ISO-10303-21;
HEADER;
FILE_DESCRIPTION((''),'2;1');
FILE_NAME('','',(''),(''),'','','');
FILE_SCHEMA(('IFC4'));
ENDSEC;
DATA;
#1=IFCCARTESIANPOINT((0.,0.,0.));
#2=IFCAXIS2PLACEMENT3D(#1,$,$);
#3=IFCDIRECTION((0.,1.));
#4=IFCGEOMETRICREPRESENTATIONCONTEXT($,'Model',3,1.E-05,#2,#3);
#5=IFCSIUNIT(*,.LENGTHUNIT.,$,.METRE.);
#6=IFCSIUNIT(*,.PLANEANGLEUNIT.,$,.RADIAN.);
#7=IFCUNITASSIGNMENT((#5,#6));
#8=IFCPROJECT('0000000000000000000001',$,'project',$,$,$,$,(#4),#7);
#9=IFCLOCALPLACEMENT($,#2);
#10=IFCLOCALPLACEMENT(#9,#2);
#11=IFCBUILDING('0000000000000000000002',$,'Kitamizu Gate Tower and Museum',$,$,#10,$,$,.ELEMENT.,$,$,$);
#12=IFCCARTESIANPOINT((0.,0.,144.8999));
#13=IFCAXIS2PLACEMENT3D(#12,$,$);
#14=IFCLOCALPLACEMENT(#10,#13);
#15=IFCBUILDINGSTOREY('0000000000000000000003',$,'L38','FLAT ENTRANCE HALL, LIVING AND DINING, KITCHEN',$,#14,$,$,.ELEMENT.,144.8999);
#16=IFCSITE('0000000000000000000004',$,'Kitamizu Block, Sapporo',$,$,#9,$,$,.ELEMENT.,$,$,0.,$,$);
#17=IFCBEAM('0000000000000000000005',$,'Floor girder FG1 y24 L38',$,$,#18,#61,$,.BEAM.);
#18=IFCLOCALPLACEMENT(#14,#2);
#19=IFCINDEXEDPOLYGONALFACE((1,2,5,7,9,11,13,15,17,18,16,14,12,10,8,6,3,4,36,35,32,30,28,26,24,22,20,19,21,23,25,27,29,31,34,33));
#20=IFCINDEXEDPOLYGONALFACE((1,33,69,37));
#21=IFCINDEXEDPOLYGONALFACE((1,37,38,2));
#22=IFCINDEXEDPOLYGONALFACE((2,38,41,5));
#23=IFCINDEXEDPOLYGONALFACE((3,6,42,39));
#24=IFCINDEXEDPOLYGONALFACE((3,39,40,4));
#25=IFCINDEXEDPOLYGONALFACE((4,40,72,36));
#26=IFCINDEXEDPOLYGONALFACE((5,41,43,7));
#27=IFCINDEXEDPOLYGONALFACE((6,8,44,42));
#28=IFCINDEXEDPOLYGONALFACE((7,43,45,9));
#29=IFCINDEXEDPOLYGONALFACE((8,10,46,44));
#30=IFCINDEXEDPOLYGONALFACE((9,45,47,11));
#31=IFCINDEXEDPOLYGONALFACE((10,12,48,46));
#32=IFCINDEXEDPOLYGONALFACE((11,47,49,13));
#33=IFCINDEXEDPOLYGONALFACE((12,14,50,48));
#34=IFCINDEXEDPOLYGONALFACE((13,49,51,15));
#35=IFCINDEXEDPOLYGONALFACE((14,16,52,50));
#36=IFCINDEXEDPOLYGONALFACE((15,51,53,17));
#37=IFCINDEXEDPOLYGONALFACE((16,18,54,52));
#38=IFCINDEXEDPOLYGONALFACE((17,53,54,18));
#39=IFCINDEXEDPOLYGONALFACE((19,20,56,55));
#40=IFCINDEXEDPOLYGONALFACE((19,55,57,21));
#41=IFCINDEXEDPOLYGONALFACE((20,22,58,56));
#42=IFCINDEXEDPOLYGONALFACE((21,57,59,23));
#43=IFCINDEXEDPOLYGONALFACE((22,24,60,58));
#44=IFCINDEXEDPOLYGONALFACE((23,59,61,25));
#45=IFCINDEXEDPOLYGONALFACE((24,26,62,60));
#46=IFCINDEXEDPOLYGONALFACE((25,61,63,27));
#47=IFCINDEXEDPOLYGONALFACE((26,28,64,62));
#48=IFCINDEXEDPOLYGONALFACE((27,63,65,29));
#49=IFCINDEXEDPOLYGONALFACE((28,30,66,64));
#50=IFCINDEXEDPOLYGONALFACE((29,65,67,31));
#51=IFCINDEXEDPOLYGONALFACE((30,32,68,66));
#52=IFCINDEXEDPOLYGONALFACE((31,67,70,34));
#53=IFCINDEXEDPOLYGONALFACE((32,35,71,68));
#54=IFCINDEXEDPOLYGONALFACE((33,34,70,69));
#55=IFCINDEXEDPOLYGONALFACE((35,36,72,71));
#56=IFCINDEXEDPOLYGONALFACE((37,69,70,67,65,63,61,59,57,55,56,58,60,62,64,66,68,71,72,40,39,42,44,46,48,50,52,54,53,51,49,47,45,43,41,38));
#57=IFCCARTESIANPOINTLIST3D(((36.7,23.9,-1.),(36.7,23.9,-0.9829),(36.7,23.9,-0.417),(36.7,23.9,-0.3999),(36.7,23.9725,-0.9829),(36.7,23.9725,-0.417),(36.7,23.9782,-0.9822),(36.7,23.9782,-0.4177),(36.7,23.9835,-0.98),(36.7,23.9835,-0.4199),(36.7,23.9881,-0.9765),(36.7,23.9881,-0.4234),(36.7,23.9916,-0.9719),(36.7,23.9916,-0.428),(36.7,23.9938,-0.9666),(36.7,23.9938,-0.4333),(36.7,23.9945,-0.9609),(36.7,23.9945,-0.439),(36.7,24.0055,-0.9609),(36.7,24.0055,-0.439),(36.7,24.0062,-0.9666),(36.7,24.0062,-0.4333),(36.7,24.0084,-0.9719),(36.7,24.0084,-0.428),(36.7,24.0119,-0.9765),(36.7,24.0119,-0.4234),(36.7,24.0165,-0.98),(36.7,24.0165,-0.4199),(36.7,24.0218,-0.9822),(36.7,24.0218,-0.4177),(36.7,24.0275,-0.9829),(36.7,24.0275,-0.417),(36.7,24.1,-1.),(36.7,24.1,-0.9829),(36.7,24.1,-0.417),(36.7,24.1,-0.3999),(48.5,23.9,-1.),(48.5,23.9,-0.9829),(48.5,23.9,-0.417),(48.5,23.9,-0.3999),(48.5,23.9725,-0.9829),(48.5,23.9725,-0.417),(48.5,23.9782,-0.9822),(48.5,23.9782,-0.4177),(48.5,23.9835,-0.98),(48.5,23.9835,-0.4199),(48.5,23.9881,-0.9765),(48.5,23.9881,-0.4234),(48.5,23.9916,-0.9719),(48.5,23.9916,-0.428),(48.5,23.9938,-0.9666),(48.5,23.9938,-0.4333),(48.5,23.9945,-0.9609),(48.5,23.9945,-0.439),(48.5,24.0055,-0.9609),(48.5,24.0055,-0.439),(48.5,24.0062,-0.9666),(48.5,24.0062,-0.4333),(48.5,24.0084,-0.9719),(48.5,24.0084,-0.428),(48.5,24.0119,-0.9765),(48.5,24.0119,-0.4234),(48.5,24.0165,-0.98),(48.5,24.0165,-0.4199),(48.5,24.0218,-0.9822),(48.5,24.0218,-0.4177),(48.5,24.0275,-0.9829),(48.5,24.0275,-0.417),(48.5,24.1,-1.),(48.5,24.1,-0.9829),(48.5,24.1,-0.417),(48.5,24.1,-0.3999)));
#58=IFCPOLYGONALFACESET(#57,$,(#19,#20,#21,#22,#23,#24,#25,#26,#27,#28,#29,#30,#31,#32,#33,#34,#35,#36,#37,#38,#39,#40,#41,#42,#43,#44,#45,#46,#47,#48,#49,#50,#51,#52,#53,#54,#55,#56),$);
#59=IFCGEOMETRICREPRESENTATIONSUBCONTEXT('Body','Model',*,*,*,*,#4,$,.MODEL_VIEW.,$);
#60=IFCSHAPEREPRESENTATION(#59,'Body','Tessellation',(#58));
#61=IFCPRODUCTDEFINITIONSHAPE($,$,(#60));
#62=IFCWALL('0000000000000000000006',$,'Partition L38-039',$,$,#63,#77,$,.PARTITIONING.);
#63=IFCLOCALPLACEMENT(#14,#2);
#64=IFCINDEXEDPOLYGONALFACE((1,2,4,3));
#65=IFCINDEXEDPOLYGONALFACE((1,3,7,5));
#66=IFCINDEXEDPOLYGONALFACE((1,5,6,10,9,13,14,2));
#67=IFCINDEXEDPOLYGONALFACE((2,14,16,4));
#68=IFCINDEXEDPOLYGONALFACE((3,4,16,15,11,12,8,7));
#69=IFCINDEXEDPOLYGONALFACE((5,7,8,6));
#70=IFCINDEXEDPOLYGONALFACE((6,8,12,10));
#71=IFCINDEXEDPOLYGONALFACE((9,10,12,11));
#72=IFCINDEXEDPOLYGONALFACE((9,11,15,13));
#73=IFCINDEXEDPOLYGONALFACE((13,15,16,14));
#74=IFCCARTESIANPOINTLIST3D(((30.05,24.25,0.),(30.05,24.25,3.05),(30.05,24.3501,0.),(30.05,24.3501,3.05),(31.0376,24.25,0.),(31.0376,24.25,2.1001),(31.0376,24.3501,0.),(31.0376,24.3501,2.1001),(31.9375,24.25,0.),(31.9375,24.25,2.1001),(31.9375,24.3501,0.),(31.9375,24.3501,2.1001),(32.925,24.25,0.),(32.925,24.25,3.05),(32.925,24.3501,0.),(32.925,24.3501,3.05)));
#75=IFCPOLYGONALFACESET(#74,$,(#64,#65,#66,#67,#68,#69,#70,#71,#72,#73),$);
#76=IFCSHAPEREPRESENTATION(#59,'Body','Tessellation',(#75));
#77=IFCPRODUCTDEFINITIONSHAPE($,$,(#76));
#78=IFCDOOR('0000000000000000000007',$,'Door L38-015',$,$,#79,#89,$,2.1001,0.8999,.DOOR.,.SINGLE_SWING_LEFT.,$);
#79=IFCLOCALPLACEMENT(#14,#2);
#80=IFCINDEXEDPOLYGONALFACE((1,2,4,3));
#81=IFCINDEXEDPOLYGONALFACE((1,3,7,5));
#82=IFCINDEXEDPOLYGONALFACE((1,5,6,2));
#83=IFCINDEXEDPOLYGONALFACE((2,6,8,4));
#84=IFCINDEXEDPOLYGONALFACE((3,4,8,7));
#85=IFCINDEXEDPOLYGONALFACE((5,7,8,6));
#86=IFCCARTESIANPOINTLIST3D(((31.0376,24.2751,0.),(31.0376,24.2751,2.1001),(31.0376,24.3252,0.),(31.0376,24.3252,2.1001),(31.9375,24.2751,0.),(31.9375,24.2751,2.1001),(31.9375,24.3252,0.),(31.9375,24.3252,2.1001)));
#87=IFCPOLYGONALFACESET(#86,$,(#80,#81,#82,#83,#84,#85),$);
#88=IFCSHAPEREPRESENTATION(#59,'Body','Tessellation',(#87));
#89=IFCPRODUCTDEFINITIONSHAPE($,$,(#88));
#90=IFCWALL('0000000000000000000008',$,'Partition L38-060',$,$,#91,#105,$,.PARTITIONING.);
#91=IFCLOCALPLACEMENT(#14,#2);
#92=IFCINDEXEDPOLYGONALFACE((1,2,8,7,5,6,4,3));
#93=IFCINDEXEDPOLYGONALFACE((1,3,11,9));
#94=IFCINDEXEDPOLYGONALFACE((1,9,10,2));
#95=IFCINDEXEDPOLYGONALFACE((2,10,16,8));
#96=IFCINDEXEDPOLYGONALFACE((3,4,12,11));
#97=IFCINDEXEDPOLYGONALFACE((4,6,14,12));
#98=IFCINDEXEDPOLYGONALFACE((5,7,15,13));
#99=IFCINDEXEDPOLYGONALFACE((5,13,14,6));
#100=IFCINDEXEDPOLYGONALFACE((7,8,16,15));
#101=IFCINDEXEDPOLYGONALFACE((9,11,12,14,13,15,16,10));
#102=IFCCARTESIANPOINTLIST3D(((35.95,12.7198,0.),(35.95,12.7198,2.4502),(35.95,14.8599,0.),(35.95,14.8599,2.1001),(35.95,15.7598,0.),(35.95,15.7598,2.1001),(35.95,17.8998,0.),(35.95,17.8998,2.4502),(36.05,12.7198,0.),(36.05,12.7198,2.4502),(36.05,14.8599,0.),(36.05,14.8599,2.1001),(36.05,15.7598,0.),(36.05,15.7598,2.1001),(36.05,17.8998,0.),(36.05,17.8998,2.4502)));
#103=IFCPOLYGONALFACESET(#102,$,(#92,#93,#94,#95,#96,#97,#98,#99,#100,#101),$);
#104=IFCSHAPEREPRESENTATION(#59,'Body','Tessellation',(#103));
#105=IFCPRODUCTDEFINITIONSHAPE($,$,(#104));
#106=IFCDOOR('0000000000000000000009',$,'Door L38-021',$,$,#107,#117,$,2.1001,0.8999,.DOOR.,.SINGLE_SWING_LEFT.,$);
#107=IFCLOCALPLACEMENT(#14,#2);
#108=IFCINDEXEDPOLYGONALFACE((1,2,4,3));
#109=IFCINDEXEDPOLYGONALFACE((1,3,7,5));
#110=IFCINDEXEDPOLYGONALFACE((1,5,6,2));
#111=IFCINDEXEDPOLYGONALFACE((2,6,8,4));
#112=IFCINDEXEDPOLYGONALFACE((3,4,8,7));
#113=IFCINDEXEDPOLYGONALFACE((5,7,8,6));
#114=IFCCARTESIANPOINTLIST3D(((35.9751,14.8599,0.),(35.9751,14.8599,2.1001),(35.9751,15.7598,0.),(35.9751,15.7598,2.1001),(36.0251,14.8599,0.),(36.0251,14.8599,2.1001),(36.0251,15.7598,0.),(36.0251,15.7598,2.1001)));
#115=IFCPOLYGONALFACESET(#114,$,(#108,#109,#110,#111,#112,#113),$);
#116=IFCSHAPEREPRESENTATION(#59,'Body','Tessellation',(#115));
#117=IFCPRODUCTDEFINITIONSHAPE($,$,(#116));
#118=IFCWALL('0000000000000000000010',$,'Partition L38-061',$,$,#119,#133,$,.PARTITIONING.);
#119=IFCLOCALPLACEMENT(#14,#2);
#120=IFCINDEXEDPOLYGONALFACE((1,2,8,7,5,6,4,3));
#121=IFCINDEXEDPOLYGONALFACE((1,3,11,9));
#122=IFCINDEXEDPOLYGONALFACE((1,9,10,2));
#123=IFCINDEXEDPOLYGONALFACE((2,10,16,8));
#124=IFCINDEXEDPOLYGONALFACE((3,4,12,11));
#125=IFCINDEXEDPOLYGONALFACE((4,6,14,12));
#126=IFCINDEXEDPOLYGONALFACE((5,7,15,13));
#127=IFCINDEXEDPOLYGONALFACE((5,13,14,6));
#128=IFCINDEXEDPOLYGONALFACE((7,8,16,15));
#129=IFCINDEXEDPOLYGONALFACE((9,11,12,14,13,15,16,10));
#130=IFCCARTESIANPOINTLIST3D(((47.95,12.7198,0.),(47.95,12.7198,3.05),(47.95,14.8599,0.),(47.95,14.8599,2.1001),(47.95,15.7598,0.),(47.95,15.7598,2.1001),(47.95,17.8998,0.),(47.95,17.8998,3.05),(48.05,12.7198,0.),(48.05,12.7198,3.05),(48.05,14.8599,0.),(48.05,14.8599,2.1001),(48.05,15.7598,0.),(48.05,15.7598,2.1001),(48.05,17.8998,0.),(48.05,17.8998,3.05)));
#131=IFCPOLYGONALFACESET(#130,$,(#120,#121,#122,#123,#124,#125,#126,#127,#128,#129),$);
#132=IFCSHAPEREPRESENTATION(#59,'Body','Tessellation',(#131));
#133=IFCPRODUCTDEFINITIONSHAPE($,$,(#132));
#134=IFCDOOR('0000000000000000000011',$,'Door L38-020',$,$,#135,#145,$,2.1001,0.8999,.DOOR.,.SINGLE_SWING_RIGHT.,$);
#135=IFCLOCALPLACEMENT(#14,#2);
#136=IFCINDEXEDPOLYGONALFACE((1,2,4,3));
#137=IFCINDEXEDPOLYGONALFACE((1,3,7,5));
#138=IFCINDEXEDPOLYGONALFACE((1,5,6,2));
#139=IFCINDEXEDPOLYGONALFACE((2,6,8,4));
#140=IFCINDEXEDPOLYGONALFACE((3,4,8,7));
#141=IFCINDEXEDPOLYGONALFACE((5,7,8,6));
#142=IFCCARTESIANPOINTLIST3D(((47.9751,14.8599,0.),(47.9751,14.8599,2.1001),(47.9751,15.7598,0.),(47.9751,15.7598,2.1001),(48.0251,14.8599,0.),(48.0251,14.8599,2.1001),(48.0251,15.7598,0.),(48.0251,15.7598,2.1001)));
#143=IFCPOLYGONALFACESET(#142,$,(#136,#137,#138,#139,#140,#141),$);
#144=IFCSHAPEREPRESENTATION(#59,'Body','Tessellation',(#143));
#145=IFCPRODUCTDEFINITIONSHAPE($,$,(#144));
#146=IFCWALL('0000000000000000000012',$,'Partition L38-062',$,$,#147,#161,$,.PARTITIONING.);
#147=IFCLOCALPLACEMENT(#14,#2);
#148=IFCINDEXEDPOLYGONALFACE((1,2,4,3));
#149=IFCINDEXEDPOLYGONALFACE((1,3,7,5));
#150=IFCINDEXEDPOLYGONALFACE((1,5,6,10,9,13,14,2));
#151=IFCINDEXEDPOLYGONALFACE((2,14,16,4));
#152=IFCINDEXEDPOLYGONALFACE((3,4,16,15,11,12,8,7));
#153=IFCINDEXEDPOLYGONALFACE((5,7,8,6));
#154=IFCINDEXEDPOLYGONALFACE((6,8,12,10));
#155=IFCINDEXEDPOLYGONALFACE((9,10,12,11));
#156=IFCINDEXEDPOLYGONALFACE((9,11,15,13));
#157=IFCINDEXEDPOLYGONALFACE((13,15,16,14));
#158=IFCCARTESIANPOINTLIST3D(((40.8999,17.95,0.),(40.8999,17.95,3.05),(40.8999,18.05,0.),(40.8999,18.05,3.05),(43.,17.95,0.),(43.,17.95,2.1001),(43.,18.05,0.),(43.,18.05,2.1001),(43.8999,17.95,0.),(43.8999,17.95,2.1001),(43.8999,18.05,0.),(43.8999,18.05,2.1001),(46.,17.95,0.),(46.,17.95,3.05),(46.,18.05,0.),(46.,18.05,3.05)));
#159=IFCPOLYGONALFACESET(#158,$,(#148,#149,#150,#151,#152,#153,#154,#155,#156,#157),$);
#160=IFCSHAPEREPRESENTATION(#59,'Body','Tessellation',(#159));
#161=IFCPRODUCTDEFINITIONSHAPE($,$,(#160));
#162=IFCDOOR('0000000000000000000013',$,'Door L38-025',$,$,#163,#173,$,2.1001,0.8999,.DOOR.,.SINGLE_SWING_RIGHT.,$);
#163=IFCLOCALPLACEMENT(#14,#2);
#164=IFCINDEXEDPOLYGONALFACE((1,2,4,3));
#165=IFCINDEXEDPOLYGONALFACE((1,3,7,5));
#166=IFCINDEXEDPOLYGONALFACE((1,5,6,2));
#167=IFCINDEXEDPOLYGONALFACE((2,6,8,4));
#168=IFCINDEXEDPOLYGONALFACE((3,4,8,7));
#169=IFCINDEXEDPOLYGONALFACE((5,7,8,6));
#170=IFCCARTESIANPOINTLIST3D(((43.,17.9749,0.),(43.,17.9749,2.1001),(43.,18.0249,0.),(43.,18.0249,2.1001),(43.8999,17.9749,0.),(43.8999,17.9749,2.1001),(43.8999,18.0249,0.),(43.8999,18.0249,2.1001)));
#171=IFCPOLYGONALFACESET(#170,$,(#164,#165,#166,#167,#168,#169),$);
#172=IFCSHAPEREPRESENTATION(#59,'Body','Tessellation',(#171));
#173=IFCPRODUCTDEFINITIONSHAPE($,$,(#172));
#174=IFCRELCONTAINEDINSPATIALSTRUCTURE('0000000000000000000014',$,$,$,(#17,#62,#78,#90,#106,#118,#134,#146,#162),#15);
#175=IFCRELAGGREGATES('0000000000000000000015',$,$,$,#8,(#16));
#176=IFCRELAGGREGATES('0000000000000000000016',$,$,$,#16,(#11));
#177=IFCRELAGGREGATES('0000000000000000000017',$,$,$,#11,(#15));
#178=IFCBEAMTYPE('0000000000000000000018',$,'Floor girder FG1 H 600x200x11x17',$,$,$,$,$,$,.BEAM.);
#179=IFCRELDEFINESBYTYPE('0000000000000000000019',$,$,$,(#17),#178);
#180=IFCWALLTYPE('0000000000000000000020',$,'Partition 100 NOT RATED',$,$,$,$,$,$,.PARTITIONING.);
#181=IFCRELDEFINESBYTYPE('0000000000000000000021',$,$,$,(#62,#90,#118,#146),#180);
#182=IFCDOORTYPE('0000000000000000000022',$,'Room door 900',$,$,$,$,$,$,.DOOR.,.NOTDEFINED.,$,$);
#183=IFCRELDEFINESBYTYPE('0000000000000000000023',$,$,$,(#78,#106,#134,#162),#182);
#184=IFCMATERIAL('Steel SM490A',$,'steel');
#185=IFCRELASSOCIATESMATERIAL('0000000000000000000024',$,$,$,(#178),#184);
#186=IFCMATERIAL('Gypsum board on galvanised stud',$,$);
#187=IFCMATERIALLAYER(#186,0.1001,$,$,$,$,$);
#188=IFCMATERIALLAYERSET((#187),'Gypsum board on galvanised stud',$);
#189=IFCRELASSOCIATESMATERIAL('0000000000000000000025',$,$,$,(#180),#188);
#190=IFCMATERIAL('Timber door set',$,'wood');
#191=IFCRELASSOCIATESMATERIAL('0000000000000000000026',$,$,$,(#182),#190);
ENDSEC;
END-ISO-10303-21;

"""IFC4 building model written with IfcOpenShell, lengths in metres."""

from ifc_helpers import new_model, si_unit, direction, frame, frame_2d, origin, origin_2d, place, context, subcontext, project, spatial, rectangle, i_section, extrude, material, layer, layer_set, material_profile, profile_set, type_object, element, fill, save


model = new_model("IFC4")

# Units and contexts
model_context = context("Model", 3, precision=1e-05, world=origin(), true_north=direction((0.0, 1.0)))
body_context = subcontext(model_context, "Body", "Model", "MODEL_VIEW")
ifc_project = project(units=[si_unit("LENGTHUNIT", "METRE"), si_unit("PLANEANGLEUNIT", "RADIAN")], contexts=[model_context])

# Site, building, storey
site_placement = place(None, origin())
site = spatial("IfcSite", under=ifc_project, at=site_placement, Name="Kitamizu Block, Sapporo", CompositionType="ELEMENT", RefElevation=0.0)
building_placement = place(site_placement, origin())
building = spatial("IfcBuilding", under=site, at=building_placement, Name="Kitamizu Gate Tower and Museum", CompositionType="ELEMENT")
storey_placement = place(building_placement, frame((0.0, 0.0, 144.8999)))
storey = spatial("IfcBuildingStorey", under=building, at=storey_placement, Name="L38", Description="FLAT ENTRANCE HALL, LIVING AND DINING, KITCHEN", CompositionType="ELEMENT", Elevation=144.8999)

# Beam
ifc_material_1 = material(Name="Steel SM490A", Category="steel")
ifc_material_profile_1 = material_profile(ifc_material_1, i_section(OverallWidth=0.2, OverallDepth=0.6001, WebThickness=0.011, FlangeThickness=0.0171, FilletRadius=0.022, at=origin_2d()), Name="H-600x200x11x17")
ifc_profile_set_1 = profile_set([ifc_material_profile_1], Name="Steel SM490A")
beam_type_1 = type_object("IfcBeamType", Name="Floor girder FG1 H 600x200x11x17", PredefinedType="BEAM", material=ifc_profile_set_1)
beam_1_placement = place(storey_placement, frame((36.7, 24.0, -0.7), z_axis=(1.0, 0.0, 0.0), x_axis=(0.0, 1.0, 0.0)))
element("IfcBeam", 1, at=beam_1_placement, inside=storey, type_object=beam_type_1, Name="Floor girder FG1 y24 L38", PredefinedType="BEAM", context=body_context, shape_type="SweptSolid", body=[
    extrude(i_section(OverallWidth=0.2, OverallDepth=0.6001, WebThickness=0.011, FlangeThickness=0.0171, FilletRadius=0.022, at=origin_2d()), origin(), (0.0, 0.0, 1.0), 11.8),
])

# Walls, openings, doors
ifc_material_2 = material(Name="Gypsum board on galvanised stud")
ifc_layer_1 = layer(ifc_material_2, 0.1001)
ifc_layer_set_1 = layer_set([ifc_layer_1], Name="Gypsum board on galvanised stud")
wall_type_1 = type_object("IfcWallType", Name="Partition 100 NOT RATED", PredefinedType="PARTITIONING", material=ifc_layer_set_1)
wall_1_placement = place(storey_placement, frame((32.925, 24.3, 0.0), z_axis=(0.0, 0.0, 1.0), x_axis=(-1.0, 0.0, 0.0)))
wall_1 = element("IfcWall", 2, at=wall_1_placement, inside=storey, type_object=wall_type_1, Name="Partition L38-039", PredefinedType="PARTITIONING", context=body_context, shape_type="SweptSolid", body=[
    extrude(rectangle(XDim=2.875, YDim=0.1001, at=frame_2d((1.4375, 0.0))), origin(), (0.0, 0.0, 1.0), 3.05),
])
opening_1_placement = place(wall_1_placement, frame((0.9875, 0.0, 0.0)))
opening_1 = element("IfcOpeningElement", 3, at=opening_1_placement, cuts=wall_1, PredefinedType="OPENING", context=body_context, shape_type="SweptSolid", body=[
    extrude(rectangle(XDim=0.8999, YDim=2.1001, at=frame_2d((0.45, 1.05))), frame((0.0, 0.0601, 0.0), z_axis=(0.0, -1.0, 0.0), x_axis=(1.0, 0.0, 0.0)), (0.0, 0.0, 1.0), 0.1201),
])
ifc_material_3 = material(Name="Timber door set", Category="wood")
door_type = type_object("IfcDoorType", Name="Room door 900", OperationType="NOTDEFINED", PredefinedType="DOOR", material=ifc_material_3)
door_1_placement = place(opening_1_placement, origin())
door_1 = element("IfcDoor", 4, at=door_1_placement, inside=storey, type_object=door_type, Name="Door L38-015", OperationType="SINGLE_SWING_LEFT", OverallHeight=2.1001, OverallWidth=0.8999, PredefinedType="DOOR", context=body_context, shape_type="SweptSolid", body=[
    extrude(rectangle(XDim=0.8999, YDim=2.1001, at=frame_2d((0.45, 1.05))), frame((0.0, 0.0249, 0.0), z_axis=(0.0, -1.0, 0.0), x_axis=(1.0, 0.0, 0.0)), (0.0, 0.0, 1.0), 0.05),
])
fill(opening_1, door_1)
wall_2_placement = place(storey_placement, frame((36.0, 12.72, 0.0), z_axis=(0.0, 0.0, 1.0), x_axis=(0.0, 1.0, 0.0)))
wall_2 = element("IfcWall", 5, at=wall_2_placement, inside=storey, type_object=wall_type_1, Name="Partition L38-060", PredefinedType="PARTITIONING", context=body_context, shape_type="SweptSolid", body=[
    extrude(rectangle(XDim=5.1799, YDim=0.1001, at=frame_2d((2.5898, 0.0))), origin(), (0.0, 0.0, 1.0), 2.4502),
])
opening_2_placement = place(wall_2_placement, frame((2.1399, 0.0, 0.0)))
opening_2 = element("IfcOpeningElement", 6, at=opening_2_placement, cuts=wall_2, PredefinedType="OPENING", context=body_context, shape_type="SweptSolid", body=[
    extrude(rectangle(XDim=0.8999, YDim=2.1001, at=frame_2d((0.45, 1.05))), frame((0.0, 0.0601, 0.0), z_axis=(0.0, -1.0, 0.0), x_axis=(1.0, 0.0, 0.0)), (0.0, 0.0, 1.0), 0.1201),
])
door_2_placement = place(opening_2_placement, origin())
door_2 = element("IfcDoor", 7, at=door_2_placement, inside=storey, type_object=door_type, Name="Door L38-021", OperationType="SINGLE_SWING_LEFT", OverallHeight=2.1001, OverallWidth=0.8999, PredefinedType="DOOR", context=body_context, shape_type="SweptSolid", body=[
    extrude(rectangle(XDim=0.8999, YDim=2.1001, at=frame_2d((0.45, 1.05))), frame((0.0, 0.0249, 0.0), z_axis=(0.0, -1.0, 0.0), x_axis=(1.0, 0.0, 0.0)), (0.0, 0.0, 1.0), 0.05),
])
fill(opening_2, door_2)
wall_3_placement = place(storey_placement, frame((48.0, 12.72, 0.0), z_axis=(0.0, 0.0, 1.0), x_axis=(0.0, 1.0, 0.0)))
wall_3 = element("IfcWall", 8, at=wall_3_placement, inside=storey, type_object=wall_type_1, Name="Partition L38-061", PredefinedType="PARTITIONING", context=body_context, shape_type="SweptSolid", body=[
    extrude(rectangle(XDim=5.1799, YDim=0.1001, at=frame_2d((2.5898, 0.0))), origin(), (0.0, 0.0, 1.0), 3.05),
])
opening_3_placement = place(wall_3_placement, frame((2.1399, 0.0, 0.0)))
opening_3 = element("IfcOpeningElement", 9, at=opening_3_placement, cuts=wall_3, PredefinedType="OPENING", context=body_context, shape_type="SweptSolid", body=[
    extrude(rectangle(XDim=0.8999, YDim=2.1001, at=frame_2d((0.45, 1.05))), frame((0.0, 0.0601, 0.0), z_axis=(0.0, -1.0, 0.0), x_axis=(1.0, 0.0, 0.0)), (0.0, 0.0, 1.0), 0.1201),
])
door_3_placement = place(opening_3_placement, origin())
door_3 = element("IfcDoor", 10, at=door_3_placement, inside=storey, type_object=door_type, Name="Door L38-020", OperationType="SINGLE_SWING_RIGHT", OverallHeight=2.1001, OverallWidth=0.8999, PredefinedType="DOOR", context=body_context, shape_type="SweptSolid", body=[
    extrude(rectangle(XDim=0.8999, YDim=2.1001, at=frame_2d((0.45, 1.05))), frame((0.0, 0.0249, 0.0), z_axis=(0.0, -1.0, 0.0), x_axis=(1.0, 0.0, 0.0)), (0.0, 0.0, 1.0), 0.05),
])
fill(opening_3, door_3)
wall_4_placement = place(storey_placement, frame((46.0, 18.0, 0.0), z_axis=(0.0, 0.0, 1.0), x_axis=(-1.0, 0.0, 0.0)))
wall_4 = element("IfcWall", 11, at=wall_4_placement, inside=storey, type_object=wall_type_1, Name="Partition L38-062", PredefinedType="PARTITIONING", context=body_context, shape_type="SweptSolid", body=[
    extrude(rectangle(XDim=5.1001, YDim=0.1001, at=frame_2d((2.55, 0.0))), origin(), (0.0, 0.0, 1.0), 3.05),
])
opening_4_placement = place(wall_4_placement, frame((2.1001, 0.0, 0.0)))
opening_4 = element("IfcOpeningElement", 12, at=opening_4_placement, cuts=wall_4, PredefinedType="OPENING", context=body_context, shape_type="SweptSolid", body=[
    extrude(rectangle(XDim=0.8999, YDim=2.1001, at=frame_2d((0.45, 1.05))), frame((0.0, 0.0601, 0.0), z_axis=(0.0, -1.0, 0.0), x_axis=(1.0, 0.0, 0.0)), (0.0, 0.0, 1.0), 0.1201),
])
door_4_placement = place(opening_4_placement, frame((0.8999, 0.0, 0.0), x_axis=(-1.0, 0.0, 0.0)))
door_4 = element("IfcDoor", 13, at=door_4_placement, inside=storey, type_object=door_type, Name="Door L38-025", OperationType="SINGLE_SWING_RIGHT", OverallHeight=2.1001, OverallWidth=0.8999, PredefinedType="DOOR", context=body_context, shape_type="SweptSolid", body=[
    extrude(rectangle(XDim=0.8999, YDim=2.1001, at=frame_2d((0.45, 1.05))), frame((0.0, 0.0249, 0.0), z_axis=(0.0, -1.0, 0.0), x_axis=(1.0, 0.0, 0.0)), (0.0, 0.0, 1.0), 0.05),
])
fill(opening_4, door_4)

save(model, "model.ifc")
